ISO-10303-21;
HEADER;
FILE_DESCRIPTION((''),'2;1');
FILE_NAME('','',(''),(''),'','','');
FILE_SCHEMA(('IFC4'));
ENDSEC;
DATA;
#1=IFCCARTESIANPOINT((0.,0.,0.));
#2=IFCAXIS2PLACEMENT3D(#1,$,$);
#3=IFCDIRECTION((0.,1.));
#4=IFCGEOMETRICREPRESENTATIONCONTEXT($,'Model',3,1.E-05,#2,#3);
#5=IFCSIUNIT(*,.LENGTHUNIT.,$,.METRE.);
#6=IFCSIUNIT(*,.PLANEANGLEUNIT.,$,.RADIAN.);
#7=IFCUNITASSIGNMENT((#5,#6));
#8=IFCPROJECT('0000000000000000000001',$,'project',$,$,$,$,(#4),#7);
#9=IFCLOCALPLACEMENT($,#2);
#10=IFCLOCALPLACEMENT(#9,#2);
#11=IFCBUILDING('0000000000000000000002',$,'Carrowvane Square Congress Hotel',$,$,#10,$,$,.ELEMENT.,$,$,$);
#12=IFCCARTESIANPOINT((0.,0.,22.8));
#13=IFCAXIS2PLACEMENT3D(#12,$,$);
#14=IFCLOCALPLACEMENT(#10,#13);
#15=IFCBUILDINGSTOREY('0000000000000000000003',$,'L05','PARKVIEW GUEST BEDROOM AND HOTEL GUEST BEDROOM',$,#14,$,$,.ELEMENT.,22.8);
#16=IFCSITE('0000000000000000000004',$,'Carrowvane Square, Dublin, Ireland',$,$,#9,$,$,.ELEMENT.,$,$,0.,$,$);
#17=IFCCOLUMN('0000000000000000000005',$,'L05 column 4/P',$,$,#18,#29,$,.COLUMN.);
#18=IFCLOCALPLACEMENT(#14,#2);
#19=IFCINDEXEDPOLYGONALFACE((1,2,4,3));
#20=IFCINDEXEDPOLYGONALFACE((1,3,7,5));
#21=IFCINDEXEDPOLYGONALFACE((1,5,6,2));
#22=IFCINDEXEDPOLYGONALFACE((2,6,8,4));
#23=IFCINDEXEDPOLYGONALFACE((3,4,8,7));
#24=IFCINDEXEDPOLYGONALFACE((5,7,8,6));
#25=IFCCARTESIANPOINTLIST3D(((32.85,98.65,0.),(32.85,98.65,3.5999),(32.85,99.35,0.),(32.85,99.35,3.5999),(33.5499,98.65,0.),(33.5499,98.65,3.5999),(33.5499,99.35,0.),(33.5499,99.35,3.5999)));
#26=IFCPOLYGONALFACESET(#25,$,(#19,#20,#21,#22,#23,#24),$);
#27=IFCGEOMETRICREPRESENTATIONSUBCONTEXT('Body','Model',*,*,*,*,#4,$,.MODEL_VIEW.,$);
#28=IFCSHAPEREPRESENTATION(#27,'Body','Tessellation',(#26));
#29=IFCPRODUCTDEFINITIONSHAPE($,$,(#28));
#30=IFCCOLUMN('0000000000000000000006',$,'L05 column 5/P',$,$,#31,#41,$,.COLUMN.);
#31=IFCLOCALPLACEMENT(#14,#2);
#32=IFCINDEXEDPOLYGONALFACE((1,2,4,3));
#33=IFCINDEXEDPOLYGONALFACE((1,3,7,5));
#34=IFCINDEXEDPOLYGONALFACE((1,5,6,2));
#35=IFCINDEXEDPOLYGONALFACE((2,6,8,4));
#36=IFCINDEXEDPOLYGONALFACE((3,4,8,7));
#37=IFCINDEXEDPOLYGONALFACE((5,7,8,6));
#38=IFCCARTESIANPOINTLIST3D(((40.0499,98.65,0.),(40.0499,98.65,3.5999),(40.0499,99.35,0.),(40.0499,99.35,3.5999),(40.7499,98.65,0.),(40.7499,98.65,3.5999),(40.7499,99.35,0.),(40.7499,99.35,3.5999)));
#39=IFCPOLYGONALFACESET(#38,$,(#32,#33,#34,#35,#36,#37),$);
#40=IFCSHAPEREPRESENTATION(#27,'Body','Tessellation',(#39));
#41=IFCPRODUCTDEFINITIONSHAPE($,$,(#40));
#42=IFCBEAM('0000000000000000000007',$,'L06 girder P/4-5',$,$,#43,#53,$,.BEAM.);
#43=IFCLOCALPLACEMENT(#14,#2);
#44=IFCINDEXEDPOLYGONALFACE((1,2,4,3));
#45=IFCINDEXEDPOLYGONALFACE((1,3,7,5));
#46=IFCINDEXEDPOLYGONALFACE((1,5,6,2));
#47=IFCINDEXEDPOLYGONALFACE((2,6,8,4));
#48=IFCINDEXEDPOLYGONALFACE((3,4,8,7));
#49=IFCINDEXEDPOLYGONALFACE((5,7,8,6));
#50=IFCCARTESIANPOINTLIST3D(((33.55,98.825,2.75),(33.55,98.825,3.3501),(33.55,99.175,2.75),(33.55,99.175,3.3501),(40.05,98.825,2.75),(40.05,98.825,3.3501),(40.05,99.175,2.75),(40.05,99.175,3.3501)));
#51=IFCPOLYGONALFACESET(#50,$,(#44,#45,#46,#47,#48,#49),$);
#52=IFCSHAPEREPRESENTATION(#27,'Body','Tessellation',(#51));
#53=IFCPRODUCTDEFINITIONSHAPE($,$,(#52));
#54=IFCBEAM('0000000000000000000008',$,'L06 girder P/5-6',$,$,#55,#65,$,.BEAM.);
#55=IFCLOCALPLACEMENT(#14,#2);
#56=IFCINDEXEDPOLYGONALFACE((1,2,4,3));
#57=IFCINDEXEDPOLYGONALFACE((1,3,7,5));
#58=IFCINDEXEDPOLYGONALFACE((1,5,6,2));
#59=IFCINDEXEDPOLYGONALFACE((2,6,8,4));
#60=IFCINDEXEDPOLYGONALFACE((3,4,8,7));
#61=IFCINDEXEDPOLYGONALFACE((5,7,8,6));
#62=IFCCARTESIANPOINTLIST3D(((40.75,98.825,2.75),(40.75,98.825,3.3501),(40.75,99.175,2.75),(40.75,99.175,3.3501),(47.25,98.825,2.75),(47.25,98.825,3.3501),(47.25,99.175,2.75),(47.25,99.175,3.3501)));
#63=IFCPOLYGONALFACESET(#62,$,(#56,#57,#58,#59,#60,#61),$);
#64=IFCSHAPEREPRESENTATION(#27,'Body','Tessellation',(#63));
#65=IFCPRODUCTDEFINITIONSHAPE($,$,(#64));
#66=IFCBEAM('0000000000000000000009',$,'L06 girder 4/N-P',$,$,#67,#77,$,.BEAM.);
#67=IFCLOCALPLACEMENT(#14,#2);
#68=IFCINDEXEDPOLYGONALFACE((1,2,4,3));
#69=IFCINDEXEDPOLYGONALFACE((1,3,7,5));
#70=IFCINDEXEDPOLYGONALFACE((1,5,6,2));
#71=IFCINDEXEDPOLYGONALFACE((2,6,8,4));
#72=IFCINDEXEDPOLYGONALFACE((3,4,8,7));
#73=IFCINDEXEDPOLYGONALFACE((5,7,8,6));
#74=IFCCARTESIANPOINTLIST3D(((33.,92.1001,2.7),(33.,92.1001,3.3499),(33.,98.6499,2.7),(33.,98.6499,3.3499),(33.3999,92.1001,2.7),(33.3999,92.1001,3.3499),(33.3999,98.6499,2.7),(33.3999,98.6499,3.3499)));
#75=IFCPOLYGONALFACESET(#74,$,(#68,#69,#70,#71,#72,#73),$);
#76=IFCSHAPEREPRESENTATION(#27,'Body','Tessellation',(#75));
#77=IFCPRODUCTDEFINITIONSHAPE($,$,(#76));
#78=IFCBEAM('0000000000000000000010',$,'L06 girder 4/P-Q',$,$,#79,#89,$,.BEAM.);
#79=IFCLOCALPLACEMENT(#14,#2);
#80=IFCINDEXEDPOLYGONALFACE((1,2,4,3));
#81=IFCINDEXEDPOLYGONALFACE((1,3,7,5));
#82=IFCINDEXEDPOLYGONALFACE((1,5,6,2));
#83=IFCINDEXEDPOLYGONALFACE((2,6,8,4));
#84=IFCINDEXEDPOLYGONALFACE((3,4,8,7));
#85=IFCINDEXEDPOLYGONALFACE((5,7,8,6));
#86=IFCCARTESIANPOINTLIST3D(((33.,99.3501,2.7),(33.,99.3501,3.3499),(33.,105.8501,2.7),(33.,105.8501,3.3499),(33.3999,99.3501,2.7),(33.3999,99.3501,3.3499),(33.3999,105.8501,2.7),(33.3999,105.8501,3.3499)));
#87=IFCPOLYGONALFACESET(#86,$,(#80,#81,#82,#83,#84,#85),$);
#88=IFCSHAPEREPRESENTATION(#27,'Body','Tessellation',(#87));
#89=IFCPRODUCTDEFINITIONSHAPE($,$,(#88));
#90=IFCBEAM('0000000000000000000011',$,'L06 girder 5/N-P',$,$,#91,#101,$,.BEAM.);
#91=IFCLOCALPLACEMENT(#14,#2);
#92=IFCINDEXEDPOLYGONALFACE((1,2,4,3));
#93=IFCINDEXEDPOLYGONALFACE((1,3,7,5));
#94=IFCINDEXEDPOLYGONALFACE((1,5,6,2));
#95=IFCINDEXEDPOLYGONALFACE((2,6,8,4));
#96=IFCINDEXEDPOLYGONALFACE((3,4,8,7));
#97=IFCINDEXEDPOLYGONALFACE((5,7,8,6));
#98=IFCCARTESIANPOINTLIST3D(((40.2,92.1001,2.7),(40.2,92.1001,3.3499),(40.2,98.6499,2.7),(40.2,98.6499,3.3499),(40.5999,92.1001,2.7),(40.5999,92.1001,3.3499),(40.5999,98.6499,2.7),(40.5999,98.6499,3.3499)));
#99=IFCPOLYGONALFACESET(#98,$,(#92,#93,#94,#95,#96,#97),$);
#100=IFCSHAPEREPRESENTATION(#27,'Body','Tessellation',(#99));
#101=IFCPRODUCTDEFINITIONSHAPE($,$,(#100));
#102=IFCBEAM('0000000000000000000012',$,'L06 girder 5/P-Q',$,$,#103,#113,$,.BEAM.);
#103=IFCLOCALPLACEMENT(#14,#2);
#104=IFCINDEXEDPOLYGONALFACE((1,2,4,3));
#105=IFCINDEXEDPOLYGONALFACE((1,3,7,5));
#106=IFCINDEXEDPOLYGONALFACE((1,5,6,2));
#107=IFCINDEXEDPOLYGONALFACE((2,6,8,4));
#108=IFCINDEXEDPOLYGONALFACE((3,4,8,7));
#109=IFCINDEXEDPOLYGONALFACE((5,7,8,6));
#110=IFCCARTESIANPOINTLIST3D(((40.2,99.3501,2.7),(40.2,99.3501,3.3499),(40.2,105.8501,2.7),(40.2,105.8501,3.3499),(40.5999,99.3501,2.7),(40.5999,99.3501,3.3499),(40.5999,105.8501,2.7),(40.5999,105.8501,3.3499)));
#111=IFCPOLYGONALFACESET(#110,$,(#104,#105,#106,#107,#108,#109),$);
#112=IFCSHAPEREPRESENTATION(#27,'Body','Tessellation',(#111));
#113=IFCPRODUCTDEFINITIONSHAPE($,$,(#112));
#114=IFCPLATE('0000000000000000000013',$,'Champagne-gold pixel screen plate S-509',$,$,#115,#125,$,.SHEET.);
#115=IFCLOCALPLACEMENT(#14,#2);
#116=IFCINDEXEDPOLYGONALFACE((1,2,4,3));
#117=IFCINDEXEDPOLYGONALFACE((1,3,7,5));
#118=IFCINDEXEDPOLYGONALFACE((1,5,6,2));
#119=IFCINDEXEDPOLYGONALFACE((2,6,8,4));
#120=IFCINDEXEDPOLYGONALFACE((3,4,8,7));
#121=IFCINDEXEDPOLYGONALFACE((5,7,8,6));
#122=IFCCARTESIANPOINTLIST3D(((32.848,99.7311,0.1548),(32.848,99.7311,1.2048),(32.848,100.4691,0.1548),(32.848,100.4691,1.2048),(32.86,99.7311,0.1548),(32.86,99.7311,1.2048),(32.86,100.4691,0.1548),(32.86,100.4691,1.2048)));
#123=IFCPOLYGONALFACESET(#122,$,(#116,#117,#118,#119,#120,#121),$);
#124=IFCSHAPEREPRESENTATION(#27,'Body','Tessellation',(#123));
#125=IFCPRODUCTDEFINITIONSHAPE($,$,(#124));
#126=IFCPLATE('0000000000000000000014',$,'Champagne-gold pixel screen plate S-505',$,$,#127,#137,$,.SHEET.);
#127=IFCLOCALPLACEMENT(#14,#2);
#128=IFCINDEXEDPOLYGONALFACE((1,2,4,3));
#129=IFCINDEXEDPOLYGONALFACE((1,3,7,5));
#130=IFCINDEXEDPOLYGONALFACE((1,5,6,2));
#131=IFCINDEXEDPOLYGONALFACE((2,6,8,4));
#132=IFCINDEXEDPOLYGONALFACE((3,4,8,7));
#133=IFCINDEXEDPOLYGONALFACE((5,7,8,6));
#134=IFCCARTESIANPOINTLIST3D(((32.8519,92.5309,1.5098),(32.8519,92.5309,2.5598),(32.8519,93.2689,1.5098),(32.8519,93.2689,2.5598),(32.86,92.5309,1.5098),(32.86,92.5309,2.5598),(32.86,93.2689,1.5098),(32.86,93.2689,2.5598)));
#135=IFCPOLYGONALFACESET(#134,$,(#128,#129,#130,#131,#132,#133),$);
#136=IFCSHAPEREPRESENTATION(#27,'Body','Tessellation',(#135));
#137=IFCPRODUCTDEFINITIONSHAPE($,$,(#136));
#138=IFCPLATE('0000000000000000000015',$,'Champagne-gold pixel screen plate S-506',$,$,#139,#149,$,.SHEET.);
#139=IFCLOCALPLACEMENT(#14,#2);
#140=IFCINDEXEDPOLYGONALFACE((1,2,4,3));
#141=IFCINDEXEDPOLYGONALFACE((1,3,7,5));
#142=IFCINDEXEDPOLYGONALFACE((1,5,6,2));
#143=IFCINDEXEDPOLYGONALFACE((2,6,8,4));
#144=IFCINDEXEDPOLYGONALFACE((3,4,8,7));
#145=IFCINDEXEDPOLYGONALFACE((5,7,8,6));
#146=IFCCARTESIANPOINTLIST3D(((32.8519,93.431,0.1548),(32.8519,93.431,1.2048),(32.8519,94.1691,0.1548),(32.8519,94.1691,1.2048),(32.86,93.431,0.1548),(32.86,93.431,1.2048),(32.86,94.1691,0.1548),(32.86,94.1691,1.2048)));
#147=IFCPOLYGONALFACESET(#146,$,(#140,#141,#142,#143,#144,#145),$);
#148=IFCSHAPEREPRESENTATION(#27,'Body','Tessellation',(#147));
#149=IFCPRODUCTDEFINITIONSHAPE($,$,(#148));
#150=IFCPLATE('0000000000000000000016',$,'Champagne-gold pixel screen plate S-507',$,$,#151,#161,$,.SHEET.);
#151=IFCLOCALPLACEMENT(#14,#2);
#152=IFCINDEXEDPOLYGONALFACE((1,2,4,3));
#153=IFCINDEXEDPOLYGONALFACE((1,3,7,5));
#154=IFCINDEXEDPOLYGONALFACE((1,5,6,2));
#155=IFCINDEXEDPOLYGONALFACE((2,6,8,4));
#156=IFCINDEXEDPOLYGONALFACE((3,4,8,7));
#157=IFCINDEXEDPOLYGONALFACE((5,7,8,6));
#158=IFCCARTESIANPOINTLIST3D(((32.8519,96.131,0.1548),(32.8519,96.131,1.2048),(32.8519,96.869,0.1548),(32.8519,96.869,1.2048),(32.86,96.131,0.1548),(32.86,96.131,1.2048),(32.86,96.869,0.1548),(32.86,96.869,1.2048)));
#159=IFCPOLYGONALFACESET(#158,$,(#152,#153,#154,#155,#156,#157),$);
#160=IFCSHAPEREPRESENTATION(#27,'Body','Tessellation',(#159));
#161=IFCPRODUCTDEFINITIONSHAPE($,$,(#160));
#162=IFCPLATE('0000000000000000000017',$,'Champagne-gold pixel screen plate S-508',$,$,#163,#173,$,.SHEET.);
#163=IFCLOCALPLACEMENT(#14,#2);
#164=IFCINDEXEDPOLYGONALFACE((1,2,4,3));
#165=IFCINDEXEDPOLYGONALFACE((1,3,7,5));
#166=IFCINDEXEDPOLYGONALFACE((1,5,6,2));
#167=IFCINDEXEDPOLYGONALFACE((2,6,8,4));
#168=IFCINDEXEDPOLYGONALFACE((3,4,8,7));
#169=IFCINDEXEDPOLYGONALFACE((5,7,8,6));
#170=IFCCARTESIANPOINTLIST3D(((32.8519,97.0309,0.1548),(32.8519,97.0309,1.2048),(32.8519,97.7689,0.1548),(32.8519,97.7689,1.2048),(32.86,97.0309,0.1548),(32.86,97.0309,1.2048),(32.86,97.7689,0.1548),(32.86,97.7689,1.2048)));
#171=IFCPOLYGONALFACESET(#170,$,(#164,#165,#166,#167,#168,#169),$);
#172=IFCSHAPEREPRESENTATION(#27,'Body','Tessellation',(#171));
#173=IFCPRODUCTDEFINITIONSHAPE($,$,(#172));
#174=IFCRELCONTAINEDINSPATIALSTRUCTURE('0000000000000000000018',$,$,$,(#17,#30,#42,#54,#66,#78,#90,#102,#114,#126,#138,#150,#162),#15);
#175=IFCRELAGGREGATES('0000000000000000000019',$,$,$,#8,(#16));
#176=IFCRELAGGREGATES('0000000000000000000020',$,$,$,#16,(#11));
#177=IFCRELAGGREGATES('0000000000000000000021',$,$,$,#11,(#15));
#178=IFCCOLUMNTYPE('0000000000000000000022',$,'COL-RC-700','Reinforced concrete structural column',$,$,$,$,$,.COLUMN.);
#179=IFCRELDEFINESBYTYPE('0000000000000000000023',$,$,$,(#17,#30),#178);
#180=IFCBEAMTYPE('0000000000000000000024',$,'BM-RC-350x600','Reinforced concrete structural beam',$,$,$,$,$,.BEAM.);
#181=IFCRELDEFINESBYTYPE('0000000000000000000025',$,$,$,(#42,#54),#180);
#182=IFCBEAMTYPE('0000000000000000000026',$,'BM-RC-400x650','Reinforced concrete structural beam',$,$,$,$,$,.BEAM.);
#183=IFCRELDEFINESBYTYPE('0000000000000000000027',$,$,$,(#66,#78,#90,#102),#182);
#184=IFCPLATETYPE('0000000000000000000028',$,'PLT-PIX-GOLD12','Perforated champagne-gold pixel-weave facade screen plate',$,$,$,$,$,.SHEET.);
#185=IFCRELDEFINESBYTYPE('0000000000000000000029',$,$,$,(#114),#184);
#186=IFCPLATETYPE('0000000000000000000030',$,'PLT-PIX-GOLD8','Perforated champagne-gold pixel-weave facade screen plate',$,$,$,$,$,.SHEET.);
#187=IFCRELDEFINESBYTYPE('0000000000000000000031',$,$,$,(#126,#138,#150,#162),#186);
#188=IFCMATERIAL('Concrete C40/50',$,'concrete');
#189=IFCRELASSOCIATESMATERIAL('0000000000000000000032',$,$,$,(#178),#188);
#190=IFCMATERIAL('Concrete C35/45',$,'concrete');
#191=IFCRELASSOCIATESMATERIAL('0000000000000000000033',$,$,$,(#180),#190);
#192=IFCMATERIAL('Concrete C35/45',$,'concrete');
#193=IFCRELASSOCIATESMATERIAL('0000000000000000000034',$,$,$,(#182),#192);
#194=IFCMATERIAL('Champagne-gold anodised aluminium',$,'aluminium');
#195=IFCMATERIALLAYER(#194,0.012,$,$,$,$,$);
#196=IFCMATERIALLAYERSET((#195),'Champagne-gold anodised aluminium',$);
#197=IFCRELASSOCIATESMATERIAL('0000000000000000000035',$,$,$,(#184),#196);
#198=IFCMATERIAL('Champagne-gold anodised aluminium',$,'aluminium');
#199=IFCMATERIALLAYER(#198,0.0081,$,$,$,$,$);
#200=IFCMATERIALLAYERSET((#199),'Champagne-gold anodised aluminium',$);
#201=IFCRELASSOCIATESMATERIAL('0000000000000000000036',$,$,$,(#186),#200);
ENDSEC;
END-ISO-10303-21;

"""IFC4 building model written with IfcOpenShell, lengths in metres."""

from ifc_helpers import new_model, si_unit, direction, frame, origin, origin_2d, place, context, subcontext, project, spatial, rectangle, extrude, material, layer, layer_set, material_profile, profile_set, type_object, element, save


model = new_model("IFC4")

# Units and contexts
model_context = context("Model", 3, precision=1e-05, world=origin(), true_north=direction((0.0, 1.0)))
body_context = subcontext(model_context, "Body", "Model", "MODEL_VIEW")
ifc_project = project(units=[si_unit("LENGTHUNIT", "METRE"), si_unit("PLANEANGLEUNIT", "RADIAN")], contexts=[model_context])

# Site, building, storey
site_placement = place(None, origin())
site = spatial("IfcSite", under=ifc_project, at=site_placement, Name="Carrowvane Square, Dublin, Ireland", CompositionType="ELEMENT", RefElevation=0.0)
building_placement = place(site_placement, origin())
building = spatial("IfcBuilding", under=site, at=building_placement, Name="Carrowvane Square Congress Hotel", CompositionType="ELEMENT")
storey_placement = place(building_placement, frame((0.0, 0.0, 22.8)))
storey = spatial("IfcBuildingStorey", under=building, at=storey_placement, Name="L05", Description="PARKVIEW GUEST BEDROOM AND HOTEL GUEST BEDROOM", CompositionType="ELEMENT", Elevation=22.8)

# Columns
ifc_material_1 = material(Name="Concrete C40/50", Category="concrete")
ifc_material_profile_1 = material_profile(ifc_material_1, rectangle(XDim=0.7, YDim=0.7, at=origin_2d()), Name="RC 700x700")
ifc_profile_set_1 = profile_set([ifc_material_profile_1], Name="Concrete C40/50")
column_type = type_object("IfcColumnType", Name="COL-RC-700", Description="Reinforced concrete structural column", PredefinedType="COLUMN", material=ifc_profile_set_1)
for number, where, z_axis, x_axis, name in (
    (1, (33.2, 99.0, 0.0), (0.0, 0.0, 1.0), (1.0, 0.0, 0.0), "L05 column 4/P"),
    (2, (40.3999, 99.0, 0.0), (0.0, 0.0, 1.0), (1.0, 0.0, 0.0), "L05 column 5/P"),
):
    element("IfcColumn", number, at=place(storey_placement, frame(where, z_axis=z_axis, x_axis=x_axis)), inside=storey, type_object=column_type, Name=name, PredefinedType="COLUMN", context=body_context, shape_type="SweptSolid", body=[
        extrude(rectangle(XDim=0.7, YDim=0.7, at=origin_2d()), origin(), (0.0, 0.0, 1.0), 3.5999),
    ])

# Beams
ifc_material_2 = material(Name="Concrete C35/45", Category="concrete")
ifc_material_profile_2 = material_profile(ifc_material_2, rectangle(XDim=0.3501, YDim=0.6001, at=origin_2d()), Name="RC 350x600")
ifc_profile_set_2 = profile_set([ifc_material_profile_2], Name="Concrete C35/45")
beam_type_1 = type_object("IfcBeamType", Name="BM-RC-350x600", Description="Reinforced concrete structural beam", PredefinedType="BEAM", material=ifc_profile_set_2)
for number, where, z_axis, x_axis, name in (
    (3, (33.55, 99.0, 3.05), (1.0, 0.0, 0.0), (0.0, 1.0, 0.0), "L06 girder P/4-5"),
    (4, (40.75, 99.0, 3.05), (1.0, 0.0, 0.0), (0.0, 1.0, 0.0), "L06 girder P/5-6"),
):
    element("IfcBeam", number, at=place(storey_placement, frame(where, z_axis=z_axis, x_axis=x_axis)), inside=storey, type_object=beam_type_1, Name=name, PredefinedType="BEAM", context=body_context, shape_type="SweptSolid", body=[
        extrude(rectangle(XDim=0.3501, YDim=0.6001, at=origin_2d()), origin(), (0.0, 0.0, 1.0), 6.5),
    ])
ifc_material_3 = material(Name="Concrete C35/45", Category="concrete")
ifc_material_profile_3 = material_profile(ifc_material_3, rectangle(XDim=0.3999, YDim=0.6499, at=origin_2d()), Name="RC 400x650")
ifc_profile_set_3 = profile_set([ifc_material_profile_3], Name="Concrete C35/45")
beam_type_2 = type_object("IfcBeamType", Name="BM-RC-400x650", Description="Reinforced concrete structural beam", PredefinedType="BEAM", material=ifc_profile_set_3)
beam_1_placement = place(storey_placement, frame((33.2, 92.1001, 3.0249), z_axis=(0.0, 1.0, 0.0), x_axis=(-1.0, 0.0, 0.0)))
element("IfcBeam", 5, at=beam_1_placement, inside=storey, type_object=beam_type_2, Name="L06 girder 4/N-P", PredefinedType="BEAM", context=body_context, shape_type="SweptSolid", body=[
    extrude(rectangle(XDim=0.3999, YDim=0.6499, at=origin_2d()), origin(), (0.0, 0.0, 1.0), 6.5498),
])
beam_2_placement = place(storey_placement, frame((33.2, 99.3501, 3.0249), z_axis=(0.0, 1.0, 0.0), x_axis=(-1.0, 0.0, 0.0)))
element("IfcBeam", 6, at=beam_2_placement, inside=storey, type_object=beam_type_2, Name="L06 girder 4/P-Q", PredefinedType="BEAM", context=body_context, shape_type="SweptSolid", body=[
    extrude(rectangle(XDim=0.3999, YDim=0.6499, at=origin_2d()), origin(), (0.0, 0.0, 1.0), 6.5),
])
beam_3_placement = place(storey_placement, frame((40.3999, 92.1001, 3.0249), z_axis=(0.0, 1.0, 0.0), x_axis=(-1.0, 0.0, 0.0)))
element("IfcBeam", 7, at=beam_3_placement, inside=storey, type_object=beam_type_2, Name="L06 girder 5/N-P", PredefinedType="BEAM", context=body_context, shape_type="SweptSolid", body=[
    extrude(rectangle(XDim=0.3999, YDim=0.6499, at=origin_2d()), origin(), (0.0, 0.0, 1.0), 6.5498),
])
beam_4_placement = place(storey_placement, frame((40.3999, 99.3501, 3.0249), z_axis=(0.0, 1.0, 0.0), x_axis=(-1.0, 0.0, 0.0)))
element("IfcBeam", 8, at=beam_4_placement, inside=storey, type_object=beam_type_2, Name="L06 girder 5/P-Q", PredefinedType="BEAM", context=body_context, shape_type="SweptSolid", body=[
    extrude(rectangle(XDim=0.3999, YDim=0.6499, at=origin_2d()), origin(), (0.0, 0.0, 1.0), 6.5),
])

# Plates
ifc_material_4 = material(Name="Champagne-gold anodised aluminium", Category="aluminium")
ifc_layer_1 = layer(ifc_material_4, 0.012)
ifc_layer_set_1 = layer_set([ifc_layer_1], Name="Champagne-gold anodised aluminium")
plate_type_1 = type_object("IfcPlateType", Name="PLT-PIX-GOLD12", Description="Perforated champagne-gold pixel-weave facade screen plate", PredefinedType="SHEET", material=ifc_layer_set_1)
plate_placement = place(storey_placement, frame((32.854, 100.1001, 0.1548), z_axis=(0.0, 0.0, 1.0), x_axis=(0.0, 1.0, 0.0)))
element("IfcPlate", 9, at=plate_placement, inside=storey, type_object=plate_type_1, Name="Champagne-gold pixel screen plate S-509", PredefinedType="SHEET", context=body_context, shape_type="SweptSolid", body=[
    extrude(rectangle(XDim=0.738, YDim=0.012, at=origin_2d()), origin(), (0.0, 0.0, 1.0), 1.05),
])
ifc_material_5 = material(Name="Champagne-gold anodised aluminium", Category="aluminium")
ifc_layer_2 = layer(ifc_material_5, 0.0081)
ifc_layer_set_2 = layer_set([ifc_layer_2], Name="Champagne-gold anodised aluminium")
plate_type_2 = type_object("IfcPlateType", Name="PLT-PIX-GOLD8", Description="Perforated champagne-gold pixel-weave facade screen plate", PredefinedType="SHEET", material=ifc_layer_set_2)
for number, where, z_axis, x_axis, name in (
    (10, (32.856, 92.8999, 1.5098), (0.0, 0.0, 1.0), (0.0, 1.0, 0.0), "Champagne-gold pixel screen plate S-505"),
    (11, (32.856, 93.8, 0.1548), (0.0, 0.0, 1.0), (0.0, 1.0, 0.0), "Champagne-gold pixel screen plate S-506"),
    (12, (32.856, 96.5, 0.1548), (0.0, 0.0, 1.0), (0.0, 1.0, 0.0), "Champagne-gold pixel screen plate S-507"),
    (13, (32.856, 97.3999, 0.1548), (0.0, 0.0, 1.0), (0.0, 1.0, 0.0), "Champagne-gold pixel screen plate S-508"),
):
    element("IfcPlate", number, at=place(storey_placement, frame(where, z_axis=z_axis, x_axis=x_axis)), inside=storey, type_object=plate_type_2, Name=name, PredefinedType="SHEET", context=body_context, shape_type="SweptSolid", body=[
        extrude(rectangle(XDim=0.738, YDim=0.0081, at=origin_2d()), origin(), (0.0, 0.0, 1.0), 1.05),
    ])

save(model, "model.ifc")
